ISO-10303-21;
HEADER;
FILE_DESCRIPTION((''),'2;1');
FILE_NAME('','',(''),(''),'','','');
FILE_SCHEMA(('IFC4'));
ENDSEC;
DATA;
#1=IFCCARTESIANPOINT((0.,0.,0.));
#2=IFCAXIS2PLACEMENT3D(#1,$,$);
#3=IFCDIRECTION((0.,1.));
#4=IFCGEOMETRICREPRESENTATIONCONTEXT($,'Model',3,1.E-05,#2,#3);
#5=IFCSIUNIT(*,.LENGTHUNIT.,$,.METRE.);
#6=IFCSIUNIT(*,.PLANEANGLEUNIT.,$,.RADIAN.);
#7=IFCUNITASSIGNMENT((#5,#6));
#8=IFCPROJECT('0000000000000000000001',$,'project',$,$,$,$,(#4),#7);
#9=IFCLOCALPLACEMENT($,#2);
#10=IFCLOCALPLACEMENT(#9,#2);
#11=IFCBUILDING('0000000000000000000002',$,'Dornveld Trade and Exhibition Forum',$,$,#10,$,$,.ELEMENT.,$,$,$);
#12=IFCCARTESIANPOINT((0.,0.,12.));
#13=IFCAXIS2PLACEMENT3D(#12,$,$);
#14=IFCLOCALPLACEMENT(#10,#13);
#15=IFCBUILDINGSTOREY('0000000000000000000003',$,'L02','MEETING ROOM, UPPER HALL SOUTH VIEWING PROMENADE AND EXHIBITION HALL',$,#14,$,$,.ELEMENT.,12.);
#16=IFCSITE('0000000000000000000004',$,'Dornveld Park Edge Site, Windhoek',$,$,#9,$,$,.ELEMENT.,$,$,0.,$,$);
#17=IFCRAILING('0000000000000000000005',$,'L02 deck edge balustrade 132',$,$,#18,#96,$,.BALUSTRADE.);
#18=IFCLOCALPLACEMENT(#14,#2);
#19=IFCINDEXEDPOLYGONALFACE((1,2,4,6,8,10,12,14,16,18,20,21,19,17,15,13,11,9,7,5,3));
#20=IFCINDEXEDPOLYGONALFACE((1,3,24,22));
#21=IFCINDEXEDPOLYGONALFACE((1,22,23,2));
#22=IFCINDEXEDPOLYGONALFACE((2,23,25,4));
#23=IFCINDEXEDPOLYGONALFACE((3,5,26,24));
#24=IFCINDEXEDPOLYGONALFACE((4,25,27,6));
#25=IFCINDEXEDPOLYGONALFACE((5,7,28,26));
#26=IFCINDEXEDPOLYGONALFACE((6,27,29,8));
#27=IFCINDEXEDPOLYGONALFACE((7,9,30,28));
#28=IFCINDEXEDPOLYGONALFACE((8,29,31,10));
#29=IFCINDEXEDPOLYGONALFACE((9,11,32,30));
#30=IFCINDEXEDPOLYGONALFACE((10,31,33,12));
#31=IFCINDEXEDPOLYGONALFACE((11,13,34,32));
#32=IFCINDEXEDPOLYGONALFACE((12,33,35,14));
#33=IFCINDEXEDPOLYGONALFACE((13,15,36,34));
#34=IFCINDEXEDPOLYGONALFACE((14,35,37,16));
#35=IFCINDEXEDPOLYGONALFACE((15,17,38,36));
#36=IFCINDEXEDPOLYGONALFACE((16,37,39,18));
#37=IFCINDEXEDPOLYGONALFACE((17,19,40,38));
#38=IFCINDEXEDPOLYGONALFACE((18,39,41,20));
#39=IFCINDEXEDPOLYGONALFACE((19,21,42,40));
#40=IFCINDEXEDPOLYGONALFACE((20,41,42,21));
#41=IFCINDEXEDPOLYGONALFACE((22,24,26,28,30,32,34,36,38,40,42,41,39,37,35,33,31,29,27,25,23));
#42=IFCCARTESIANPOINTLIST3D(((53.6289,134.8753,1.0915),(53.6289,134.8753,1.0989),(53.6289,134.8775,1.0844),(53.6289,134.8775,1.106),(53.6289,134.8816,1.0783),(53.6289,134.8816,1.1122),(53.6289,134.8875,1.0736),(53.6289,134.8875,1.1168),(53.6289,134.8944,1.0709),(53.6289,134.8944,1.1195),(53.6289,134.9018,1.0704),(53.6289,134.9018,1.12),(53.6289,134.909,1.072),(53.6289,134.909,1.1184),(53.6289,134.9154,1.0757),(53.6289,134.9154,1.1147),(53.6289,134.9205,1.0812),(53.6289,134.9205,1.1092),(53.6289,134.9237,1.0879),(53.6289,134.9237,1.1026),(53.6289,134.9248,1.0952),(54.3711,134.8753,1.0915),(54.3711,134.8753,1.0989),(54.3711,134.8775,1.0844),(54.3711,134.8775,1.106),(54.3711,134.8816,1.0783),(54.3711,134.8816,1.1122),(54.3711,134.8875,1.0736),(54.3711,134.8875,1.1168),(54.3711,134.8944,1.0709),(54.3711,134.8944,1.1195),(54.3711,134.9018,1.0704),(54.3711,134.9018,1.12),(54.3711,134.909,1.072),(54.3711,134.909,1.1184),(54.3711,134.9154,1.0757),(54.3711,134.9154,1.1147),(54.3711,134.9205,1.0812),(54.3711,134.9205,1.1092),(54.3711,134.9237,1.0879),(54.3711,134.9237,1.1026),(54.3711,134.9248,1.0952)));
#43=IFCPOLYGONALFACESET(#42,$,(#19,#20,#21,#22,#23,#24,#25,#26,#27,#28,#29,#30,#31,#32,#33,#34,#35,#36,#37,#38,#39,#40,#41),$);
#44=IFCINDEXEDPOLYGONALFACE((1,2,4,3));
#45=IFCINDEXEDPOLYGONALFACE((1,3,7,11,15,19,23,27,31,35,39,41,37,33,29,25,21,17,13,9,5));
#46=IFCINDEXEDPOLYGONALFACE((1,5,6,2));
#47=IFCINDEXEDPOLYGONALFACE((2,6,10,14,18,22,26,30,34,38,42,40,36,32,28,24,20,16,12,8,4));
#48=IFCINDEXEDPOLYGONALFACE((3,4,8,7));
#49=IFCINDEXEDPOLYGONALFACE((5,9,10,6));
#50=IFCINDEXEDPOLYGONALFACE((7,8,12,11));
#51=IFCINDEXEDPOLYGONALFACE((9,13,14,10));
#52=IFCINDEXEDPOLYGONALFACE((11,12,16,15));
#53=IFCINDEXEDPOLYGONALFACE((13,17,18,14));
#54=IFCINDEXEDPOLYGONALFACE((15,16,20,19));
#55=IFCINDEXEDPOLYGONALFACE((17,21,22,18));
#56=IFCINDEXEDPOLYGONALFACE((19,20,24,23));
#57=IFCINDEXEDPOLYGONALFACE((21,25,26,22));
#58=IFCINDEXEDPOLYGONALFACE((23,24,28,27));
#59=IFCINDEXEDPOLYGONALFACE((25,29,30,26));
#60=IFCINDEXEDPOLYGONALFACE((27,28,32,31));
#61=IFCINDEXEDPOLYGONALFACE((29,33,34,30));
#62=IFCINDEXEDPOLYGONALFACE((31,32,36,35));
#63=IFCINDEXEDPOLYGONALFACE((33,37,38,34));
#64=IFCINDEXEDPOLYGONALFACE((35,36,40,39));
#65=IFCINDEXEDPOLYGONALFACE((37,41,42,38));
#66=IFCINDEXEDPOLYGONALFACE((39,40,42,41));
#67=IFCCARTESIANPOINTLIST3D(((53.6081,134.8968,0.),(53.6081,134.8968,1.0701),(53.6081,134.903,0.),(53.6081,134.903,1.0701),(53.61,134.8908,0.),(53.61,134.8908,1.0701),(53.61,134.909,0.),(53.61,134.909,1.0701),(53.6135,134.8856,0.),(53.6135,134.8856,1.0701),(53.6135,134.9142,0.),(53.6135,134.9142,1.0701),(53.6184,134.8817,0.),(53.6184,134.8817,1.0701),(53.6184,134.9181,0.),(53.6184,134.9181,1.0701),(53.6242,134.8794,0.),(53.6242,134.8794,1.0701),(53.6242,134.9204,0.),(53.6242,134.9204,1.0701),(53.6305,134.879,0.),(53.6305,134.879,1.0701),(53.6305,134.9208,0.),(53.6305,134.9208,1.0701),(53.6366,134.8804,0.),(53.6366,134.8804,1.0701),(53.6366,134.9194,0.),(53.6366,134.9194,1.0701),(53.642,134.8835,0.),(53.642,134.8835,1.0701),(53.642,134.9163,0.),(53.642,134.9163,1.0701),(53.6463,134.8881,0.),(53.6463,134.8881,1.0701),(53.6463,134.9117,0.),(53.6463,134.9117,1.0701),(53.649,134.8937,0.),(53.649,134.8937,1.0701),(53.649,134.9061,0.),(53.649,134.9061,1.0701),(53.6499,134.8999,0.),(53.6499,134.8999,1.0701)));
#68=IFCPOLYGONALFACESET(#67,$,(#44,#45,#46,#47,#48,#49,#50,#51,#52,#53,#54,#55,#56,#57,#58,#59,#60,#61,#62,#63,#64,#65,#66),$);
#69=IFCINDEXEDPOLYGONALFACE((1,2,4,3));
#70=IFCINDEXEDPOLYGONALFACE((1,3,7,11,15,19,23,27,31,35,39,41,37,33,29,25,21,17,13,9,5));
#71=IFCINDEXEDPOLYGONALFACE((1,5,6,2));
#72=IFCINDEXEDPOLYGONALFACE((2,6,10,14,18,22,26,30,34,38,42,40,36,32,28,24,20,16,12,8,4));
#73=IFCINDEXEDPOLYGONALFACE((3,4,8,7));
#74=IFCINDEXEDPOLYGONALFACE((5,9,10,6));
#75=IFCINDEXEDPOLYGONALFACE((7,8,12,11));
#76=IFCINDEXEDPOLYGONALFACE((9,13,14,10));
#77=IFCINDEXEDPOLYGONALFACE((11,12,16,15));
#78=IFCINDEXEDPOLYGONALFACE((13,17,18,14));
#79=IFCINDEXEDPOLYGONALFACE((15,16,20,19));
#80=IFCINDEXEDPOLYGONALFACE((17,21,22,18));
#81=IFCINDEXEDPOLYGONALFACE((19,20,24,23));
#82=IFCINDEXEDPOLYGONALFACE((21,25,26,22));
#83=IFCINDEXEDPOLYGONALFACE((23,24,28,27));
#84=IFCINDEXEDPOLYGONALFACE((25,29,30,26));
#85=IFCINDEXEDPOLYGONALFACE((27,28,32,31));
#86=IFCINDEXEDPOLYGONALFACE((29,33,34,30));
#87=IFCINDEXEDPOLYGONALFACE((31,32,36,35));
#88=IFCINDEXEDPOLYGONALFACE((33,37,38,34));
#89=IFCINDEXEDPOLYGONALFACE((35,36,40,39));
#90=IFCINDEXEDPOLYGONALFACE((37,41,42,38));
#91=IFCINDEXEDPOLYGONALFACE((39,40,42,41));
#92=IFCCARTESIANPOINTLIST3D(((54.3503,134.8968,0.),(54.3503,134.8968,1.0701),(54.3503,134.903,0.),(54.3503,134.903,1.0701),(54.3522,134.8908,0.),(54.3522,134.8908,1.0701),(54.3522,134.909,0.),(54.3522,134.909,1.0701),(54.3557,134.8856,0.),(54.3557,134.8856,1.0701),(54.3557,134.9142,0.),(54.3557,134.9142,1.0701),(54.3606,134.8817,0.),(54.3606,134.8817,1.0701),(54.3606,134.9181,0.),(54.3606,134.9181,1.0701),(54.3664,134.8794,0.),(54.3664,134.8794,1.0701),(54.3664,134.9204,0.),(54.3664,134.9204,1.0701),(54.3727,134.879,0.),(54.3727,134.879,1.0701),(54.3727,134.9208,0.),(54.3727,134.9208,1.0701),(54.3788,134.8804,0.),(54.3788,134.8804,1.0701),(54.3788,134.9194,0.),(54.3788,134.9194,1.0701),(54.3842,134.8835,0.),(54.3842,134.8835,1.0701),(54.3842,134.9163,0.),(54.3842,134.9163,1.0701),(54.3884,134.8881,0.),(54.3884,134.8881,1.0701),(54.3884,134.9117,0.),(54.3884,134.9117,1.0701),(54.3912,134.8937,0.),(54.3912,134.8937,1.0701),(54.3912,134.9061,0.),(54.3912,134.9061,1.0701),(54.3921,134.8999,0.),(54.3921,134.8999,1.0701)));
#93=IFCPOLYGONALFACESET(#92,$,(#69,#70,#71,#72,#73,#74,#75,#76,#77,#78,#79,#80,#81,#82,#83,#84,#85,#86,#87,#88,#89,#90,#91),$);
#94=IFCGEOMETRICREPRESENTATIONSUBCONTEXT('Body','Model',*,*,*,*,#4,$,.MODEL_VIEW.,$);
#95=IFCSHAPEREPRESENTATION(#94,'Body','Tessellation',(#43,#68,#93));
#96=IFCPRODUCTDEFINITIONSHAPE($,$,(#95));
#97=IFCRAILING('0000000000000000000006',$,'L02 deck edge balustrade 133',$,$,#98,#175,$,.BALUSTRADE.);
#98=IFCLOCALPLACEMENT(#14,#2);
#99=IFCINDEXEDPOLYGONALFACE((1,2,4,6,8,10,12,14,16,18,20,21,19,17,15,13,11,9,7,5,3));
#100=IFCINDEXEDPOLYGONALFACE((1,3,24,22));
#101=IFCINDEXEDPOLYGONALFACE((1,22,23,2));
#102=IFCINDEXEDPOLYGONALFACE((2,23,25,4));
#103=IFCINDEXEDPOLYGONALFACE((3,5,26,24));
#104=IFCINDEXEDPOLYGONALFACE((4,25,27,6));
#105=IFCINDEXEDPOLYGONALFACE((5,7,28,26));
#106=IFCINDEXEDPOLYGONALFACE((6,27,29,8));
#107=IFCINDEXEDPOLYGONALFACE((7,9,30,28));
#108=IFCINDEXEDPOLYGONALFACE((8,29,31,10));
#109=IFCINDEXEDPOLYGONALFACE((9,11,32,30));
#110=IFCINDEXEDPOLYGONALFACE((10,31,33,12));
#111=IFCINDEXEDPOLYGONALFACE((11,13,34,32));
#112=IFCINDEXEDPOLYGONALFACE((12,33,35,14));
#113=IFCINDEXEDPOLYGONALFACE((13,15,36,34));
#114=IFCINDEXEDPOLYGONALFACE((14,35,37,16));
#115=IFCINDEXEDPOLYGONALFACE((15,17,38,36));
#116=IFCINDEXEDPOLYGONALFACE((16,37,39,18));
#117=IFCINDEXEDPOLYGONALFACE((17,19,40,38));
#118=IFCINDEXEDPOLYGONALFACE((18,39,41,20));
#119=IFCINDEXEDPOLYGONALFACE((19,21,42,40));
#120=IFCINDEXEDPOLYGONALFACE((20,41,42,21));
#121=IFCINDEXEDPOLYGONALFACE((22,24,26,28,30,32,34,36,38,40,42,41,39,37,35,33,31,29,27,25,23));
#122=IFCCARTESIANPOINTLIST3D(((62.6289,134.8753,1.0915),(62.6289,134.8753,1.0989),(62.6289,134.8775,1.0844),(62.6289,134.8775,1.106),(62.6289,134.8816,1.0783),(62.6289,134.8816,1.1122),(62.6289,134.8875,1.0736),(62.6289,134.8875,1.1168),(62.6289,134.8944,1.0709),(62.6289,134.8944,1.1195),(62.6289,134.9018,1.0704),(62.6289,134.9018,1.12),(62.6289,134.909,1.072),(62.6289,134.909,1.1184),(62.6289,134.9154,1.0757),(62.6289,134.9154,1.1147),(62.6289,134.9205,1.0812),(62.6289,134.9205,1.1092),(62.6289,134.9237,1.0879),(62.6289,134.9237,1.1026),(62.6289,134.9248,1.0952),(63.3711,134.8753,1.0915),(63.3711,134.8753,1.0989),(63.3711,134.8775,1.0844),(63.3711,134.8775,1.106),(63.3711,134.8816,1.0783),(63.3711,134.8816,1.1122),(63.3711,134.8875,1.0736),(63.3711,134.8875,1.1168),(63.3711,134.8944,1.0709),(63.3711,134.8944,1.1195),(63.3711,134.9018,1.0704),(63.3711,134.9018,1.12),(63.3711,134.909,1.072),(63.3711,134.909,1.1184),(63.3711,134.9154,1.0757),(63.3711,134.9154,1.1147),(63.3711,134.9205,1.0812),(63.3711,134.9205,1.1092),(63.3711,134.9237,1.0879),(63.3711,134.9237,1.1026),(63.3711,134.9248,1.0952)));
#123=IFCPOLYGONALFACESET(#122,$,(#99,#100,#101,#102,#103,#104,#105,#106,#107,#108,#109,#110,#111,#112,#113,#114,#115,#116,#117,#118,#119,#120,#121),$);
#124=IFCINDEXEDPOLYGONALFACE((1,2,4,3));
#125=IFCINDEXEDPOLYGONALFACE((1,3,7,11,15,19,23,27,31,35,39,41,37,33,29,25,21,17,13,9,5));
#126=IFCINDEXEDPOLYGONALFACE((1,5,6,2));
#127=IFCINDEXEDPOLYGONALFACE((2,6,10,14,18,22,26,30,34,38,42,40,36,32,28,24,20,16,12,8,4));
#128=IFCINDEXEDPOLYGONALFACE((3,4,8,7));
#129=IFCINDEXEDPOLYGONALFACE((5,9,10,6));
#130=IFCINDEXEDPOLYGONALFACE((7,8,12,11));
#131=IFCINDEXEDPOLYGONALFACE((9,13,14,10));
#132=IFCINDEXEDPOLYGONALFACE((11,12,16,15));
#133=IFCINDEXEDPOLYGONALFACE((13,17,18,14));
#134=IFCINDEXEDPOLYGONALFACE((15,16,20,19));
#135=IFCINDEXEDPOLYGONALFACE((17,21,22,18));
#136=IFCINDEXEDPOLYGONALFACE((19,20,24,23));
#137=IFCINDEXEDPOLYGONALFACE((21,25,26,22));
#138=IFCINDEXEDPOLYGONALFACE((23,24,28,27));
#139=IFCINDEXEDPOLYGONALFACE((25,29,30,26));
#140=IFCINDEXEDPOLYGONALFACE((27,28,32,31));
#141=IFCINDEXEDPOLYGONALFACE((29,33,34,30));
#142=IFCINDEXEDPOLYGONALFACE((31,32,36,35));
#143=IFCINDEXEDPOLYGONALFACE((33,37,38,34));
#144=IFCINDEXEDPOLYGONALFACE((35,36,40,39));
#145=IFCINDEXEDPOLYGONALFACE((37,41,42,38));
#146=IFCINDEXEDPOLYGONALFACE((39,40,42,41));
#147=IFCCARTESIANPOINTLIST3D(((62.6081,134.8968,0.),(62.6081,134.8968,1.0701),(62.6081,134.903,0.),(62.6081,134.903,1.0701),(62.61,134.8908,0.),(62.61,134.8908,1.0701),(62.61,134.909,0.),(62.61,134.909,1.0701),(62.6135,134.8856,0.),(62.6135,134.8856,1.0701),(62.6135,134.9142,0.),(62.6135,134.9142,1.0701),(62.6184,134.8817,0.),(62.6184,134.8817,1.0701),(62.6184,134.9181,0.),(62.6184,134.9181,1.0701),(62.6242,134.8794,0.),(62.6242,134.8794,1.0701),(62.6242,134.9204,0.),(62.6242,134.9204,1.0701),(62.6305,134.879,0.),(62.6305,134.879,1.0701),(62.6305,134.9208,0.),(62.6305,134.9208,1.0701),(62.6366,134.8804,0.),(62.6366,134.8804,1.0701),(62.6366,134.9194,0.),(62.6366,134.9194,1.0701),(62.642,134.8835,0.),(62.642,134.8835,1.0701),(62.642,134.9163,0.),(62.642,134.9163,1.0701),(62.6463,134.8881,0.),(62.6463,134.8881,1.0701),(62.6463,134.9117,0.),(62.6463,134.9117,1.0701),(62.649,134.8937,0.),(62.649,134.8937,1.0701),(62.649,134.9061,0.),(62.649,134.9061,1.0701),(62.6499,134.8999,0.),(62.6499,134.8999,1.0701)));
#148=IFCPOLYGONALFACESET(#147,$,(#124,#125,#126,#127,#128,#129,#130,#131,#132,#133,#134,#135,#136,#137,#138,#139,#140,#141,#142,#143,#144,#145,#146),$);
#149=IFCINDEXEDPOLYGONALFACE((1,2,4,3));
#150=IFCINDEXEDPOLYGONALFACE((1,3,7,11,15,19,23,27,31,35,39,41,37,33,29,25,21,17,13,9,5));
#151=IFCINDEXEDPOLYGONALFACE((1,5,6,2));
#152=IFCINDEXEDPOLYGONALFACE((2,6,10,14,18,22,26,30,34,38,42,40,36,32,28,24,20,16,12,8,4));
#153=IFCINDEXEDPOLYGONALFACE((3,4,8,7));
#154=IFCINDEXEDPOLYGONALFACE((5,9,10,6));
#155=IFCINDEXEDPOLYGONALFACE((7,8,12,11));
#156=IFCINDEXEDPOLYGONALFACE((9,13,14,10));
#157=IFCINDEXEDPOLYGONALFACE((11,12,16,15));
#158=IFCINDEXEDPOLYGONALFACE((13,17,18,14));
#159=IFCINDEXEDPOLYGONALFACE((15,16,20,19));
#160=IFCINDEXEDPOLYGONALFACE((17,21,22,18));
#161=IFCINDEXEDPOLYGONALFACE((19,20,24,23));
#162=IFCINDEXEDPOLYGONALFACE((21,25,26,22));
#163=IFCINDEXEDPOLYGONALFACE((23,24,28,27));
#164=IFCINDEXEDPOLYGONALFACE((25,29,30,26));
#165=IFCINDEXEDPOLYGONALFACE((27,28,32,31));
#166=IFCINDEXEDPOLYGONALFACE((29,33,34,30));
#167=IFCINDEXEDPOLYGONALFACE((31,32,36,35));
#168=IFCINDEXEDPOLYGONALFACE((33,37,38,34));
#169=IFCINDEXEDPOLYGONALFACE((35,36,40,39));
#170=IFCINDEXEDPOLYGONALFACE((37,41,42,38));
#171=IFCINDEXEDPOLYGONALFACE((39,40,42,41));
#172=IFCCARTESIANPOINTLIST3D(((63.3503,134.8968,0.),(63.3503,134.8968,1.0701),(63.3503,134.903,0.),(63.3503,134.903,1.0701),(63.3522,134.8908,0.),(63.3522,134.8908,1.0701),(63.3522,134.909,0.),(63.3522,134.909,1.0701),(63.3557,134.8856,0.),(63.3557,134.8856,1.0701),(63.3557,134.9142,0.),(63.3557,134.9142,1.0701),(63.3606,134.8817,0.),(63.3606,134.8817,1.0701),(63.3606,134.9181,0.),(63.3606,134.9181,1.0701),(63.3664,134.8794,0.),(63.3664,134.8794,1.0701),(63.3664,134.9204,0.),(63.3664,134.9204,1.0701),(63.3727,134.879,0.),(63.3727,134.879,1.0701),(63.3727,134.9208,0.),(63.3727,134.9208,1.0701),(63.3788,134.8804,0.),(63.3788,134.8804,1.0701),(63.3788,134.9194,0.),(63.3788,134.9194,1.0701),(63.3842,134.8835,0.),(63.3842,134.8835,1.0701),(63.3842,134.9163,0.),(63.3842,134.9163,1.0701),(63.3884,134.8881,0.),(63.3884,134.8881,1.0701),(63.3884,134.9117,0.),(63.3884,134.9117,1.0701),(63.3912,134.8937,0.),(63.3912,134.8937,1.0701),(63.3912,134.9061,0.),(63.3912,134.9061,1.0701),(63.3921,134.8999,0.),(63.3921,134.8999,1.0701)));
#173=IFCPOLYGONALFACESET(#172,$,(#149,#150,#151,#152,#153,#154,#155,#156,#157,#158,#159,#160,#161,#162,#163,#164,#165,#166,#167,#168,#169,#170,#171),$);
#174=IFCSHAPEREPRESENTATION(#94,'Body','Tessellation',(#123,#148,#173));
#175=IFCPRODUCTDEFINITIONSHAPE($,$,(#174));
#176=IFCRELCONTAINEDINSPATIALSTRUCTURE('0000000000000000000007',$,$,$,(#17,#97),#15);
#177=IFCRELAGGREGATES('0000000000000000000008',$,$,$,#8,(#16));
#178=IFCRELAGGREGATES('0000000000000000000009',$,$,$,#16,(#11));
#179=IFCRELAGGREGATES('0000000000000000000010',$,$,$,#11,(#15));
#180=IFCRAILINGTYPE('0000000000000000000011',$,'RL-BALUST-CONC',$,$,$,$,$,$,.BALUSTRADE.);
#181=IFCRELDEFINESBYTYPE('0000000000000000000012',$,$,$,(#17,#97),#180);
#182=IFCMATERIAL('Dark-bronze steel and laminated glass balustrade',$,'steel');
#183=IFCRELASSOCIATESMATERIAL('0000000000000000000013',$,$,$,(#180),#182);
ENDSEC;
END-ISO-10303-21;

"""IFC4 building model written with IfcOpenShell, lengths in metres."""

from ifc_helpers import new_model, si_unit, direction, frame, origin, origin_2d, place, context, subcontext, project, spatial, circle, extrude, material, type_object, element, save


model = new_model("IFC4")

# Units and contexts
model_context = context("Model", 3, precision=1e-05, world=origin(), true_north=direction((0.0, 1.0)))
body_context = subcontext(model_context, "Body", "Model", "MODEL_VIEW")
ifc_project = project(units=[si_unit("LENGTHUNIT", "METRE"), si_unit("PLANEANGLEUNIT", "RADIAN")], contexts=[model_context])

# Site, building, storey
site_placement = place(None, origin())
site = spatial("IfcSite", under=ifc_project, at=site_placement, Name="Dornveld Park Edge Site, Windhoek", CompositionType="ELEMENT", RefElevation=0.0)
building_placement = place(site_placement, origin())
building = spatial("IfcBuilding", under=site, at=building_placement, Name="Dornveld Trade and Exhibition Forum", CompositionType="ELEMENT")
storey_placement = place(building_placement, frame((0.0, 0.0, 12.0)))
storey = spatial("IfcBuildingStorey", under=building, at=storey_placement, Name="L02", Description="MEETING ROOM, UPPER HALL SOUTH VIEWING PROMENADE AND EXHIBITION HALL", CompositionType="ELEMENT", Elevation=12.0)

# Railings
ifc_material_1 = material(Name="Dark-bronze steel and laminated glass balustrade", Category="steel")
railing_type = type_object("IfcRailingType", Name="RL-BALUST-CONC", PredefinedType="BALUSTRADE", material=ifc_material_1)
for number, where, name in (
    (1, (53.6289, 134.8999, 0.0), "L02 deck edge balustrade 132"),
    (2, (62.6289, 134.8999, 0.0), "L02 deck edge balustrade 133"),
):
    element("IfcRailing", number, at=place(storey_placement, frame(where)), inside=storey, type_object=railing_type, Name=name, PredefinedType="BALUSTRADE", context=body_context, shape_type="SweptSolid", body=[
        extrude(circle(Radius=0.0249, at=origin_2d()), frame((0.0, 0.0, 1.0952), z_axis=(1.0, 0.0, 0.0), x_axis=(0.0, 1.0, 0.0)), (0.0, 0.0, 1.0), 0.7422),
        extrude(circle(Radius=0.021, at=origin_2d()), origin(), (0.0, 0.0, 1.0), 1.0701),
        extrude(circle(Radius=0.021, at=origin_2d()), frame((0.7422, 0.0, 0.0)), (0.0, 0.0, 1.0), 1.0701),
    ])

save(model, "model.ifc")
